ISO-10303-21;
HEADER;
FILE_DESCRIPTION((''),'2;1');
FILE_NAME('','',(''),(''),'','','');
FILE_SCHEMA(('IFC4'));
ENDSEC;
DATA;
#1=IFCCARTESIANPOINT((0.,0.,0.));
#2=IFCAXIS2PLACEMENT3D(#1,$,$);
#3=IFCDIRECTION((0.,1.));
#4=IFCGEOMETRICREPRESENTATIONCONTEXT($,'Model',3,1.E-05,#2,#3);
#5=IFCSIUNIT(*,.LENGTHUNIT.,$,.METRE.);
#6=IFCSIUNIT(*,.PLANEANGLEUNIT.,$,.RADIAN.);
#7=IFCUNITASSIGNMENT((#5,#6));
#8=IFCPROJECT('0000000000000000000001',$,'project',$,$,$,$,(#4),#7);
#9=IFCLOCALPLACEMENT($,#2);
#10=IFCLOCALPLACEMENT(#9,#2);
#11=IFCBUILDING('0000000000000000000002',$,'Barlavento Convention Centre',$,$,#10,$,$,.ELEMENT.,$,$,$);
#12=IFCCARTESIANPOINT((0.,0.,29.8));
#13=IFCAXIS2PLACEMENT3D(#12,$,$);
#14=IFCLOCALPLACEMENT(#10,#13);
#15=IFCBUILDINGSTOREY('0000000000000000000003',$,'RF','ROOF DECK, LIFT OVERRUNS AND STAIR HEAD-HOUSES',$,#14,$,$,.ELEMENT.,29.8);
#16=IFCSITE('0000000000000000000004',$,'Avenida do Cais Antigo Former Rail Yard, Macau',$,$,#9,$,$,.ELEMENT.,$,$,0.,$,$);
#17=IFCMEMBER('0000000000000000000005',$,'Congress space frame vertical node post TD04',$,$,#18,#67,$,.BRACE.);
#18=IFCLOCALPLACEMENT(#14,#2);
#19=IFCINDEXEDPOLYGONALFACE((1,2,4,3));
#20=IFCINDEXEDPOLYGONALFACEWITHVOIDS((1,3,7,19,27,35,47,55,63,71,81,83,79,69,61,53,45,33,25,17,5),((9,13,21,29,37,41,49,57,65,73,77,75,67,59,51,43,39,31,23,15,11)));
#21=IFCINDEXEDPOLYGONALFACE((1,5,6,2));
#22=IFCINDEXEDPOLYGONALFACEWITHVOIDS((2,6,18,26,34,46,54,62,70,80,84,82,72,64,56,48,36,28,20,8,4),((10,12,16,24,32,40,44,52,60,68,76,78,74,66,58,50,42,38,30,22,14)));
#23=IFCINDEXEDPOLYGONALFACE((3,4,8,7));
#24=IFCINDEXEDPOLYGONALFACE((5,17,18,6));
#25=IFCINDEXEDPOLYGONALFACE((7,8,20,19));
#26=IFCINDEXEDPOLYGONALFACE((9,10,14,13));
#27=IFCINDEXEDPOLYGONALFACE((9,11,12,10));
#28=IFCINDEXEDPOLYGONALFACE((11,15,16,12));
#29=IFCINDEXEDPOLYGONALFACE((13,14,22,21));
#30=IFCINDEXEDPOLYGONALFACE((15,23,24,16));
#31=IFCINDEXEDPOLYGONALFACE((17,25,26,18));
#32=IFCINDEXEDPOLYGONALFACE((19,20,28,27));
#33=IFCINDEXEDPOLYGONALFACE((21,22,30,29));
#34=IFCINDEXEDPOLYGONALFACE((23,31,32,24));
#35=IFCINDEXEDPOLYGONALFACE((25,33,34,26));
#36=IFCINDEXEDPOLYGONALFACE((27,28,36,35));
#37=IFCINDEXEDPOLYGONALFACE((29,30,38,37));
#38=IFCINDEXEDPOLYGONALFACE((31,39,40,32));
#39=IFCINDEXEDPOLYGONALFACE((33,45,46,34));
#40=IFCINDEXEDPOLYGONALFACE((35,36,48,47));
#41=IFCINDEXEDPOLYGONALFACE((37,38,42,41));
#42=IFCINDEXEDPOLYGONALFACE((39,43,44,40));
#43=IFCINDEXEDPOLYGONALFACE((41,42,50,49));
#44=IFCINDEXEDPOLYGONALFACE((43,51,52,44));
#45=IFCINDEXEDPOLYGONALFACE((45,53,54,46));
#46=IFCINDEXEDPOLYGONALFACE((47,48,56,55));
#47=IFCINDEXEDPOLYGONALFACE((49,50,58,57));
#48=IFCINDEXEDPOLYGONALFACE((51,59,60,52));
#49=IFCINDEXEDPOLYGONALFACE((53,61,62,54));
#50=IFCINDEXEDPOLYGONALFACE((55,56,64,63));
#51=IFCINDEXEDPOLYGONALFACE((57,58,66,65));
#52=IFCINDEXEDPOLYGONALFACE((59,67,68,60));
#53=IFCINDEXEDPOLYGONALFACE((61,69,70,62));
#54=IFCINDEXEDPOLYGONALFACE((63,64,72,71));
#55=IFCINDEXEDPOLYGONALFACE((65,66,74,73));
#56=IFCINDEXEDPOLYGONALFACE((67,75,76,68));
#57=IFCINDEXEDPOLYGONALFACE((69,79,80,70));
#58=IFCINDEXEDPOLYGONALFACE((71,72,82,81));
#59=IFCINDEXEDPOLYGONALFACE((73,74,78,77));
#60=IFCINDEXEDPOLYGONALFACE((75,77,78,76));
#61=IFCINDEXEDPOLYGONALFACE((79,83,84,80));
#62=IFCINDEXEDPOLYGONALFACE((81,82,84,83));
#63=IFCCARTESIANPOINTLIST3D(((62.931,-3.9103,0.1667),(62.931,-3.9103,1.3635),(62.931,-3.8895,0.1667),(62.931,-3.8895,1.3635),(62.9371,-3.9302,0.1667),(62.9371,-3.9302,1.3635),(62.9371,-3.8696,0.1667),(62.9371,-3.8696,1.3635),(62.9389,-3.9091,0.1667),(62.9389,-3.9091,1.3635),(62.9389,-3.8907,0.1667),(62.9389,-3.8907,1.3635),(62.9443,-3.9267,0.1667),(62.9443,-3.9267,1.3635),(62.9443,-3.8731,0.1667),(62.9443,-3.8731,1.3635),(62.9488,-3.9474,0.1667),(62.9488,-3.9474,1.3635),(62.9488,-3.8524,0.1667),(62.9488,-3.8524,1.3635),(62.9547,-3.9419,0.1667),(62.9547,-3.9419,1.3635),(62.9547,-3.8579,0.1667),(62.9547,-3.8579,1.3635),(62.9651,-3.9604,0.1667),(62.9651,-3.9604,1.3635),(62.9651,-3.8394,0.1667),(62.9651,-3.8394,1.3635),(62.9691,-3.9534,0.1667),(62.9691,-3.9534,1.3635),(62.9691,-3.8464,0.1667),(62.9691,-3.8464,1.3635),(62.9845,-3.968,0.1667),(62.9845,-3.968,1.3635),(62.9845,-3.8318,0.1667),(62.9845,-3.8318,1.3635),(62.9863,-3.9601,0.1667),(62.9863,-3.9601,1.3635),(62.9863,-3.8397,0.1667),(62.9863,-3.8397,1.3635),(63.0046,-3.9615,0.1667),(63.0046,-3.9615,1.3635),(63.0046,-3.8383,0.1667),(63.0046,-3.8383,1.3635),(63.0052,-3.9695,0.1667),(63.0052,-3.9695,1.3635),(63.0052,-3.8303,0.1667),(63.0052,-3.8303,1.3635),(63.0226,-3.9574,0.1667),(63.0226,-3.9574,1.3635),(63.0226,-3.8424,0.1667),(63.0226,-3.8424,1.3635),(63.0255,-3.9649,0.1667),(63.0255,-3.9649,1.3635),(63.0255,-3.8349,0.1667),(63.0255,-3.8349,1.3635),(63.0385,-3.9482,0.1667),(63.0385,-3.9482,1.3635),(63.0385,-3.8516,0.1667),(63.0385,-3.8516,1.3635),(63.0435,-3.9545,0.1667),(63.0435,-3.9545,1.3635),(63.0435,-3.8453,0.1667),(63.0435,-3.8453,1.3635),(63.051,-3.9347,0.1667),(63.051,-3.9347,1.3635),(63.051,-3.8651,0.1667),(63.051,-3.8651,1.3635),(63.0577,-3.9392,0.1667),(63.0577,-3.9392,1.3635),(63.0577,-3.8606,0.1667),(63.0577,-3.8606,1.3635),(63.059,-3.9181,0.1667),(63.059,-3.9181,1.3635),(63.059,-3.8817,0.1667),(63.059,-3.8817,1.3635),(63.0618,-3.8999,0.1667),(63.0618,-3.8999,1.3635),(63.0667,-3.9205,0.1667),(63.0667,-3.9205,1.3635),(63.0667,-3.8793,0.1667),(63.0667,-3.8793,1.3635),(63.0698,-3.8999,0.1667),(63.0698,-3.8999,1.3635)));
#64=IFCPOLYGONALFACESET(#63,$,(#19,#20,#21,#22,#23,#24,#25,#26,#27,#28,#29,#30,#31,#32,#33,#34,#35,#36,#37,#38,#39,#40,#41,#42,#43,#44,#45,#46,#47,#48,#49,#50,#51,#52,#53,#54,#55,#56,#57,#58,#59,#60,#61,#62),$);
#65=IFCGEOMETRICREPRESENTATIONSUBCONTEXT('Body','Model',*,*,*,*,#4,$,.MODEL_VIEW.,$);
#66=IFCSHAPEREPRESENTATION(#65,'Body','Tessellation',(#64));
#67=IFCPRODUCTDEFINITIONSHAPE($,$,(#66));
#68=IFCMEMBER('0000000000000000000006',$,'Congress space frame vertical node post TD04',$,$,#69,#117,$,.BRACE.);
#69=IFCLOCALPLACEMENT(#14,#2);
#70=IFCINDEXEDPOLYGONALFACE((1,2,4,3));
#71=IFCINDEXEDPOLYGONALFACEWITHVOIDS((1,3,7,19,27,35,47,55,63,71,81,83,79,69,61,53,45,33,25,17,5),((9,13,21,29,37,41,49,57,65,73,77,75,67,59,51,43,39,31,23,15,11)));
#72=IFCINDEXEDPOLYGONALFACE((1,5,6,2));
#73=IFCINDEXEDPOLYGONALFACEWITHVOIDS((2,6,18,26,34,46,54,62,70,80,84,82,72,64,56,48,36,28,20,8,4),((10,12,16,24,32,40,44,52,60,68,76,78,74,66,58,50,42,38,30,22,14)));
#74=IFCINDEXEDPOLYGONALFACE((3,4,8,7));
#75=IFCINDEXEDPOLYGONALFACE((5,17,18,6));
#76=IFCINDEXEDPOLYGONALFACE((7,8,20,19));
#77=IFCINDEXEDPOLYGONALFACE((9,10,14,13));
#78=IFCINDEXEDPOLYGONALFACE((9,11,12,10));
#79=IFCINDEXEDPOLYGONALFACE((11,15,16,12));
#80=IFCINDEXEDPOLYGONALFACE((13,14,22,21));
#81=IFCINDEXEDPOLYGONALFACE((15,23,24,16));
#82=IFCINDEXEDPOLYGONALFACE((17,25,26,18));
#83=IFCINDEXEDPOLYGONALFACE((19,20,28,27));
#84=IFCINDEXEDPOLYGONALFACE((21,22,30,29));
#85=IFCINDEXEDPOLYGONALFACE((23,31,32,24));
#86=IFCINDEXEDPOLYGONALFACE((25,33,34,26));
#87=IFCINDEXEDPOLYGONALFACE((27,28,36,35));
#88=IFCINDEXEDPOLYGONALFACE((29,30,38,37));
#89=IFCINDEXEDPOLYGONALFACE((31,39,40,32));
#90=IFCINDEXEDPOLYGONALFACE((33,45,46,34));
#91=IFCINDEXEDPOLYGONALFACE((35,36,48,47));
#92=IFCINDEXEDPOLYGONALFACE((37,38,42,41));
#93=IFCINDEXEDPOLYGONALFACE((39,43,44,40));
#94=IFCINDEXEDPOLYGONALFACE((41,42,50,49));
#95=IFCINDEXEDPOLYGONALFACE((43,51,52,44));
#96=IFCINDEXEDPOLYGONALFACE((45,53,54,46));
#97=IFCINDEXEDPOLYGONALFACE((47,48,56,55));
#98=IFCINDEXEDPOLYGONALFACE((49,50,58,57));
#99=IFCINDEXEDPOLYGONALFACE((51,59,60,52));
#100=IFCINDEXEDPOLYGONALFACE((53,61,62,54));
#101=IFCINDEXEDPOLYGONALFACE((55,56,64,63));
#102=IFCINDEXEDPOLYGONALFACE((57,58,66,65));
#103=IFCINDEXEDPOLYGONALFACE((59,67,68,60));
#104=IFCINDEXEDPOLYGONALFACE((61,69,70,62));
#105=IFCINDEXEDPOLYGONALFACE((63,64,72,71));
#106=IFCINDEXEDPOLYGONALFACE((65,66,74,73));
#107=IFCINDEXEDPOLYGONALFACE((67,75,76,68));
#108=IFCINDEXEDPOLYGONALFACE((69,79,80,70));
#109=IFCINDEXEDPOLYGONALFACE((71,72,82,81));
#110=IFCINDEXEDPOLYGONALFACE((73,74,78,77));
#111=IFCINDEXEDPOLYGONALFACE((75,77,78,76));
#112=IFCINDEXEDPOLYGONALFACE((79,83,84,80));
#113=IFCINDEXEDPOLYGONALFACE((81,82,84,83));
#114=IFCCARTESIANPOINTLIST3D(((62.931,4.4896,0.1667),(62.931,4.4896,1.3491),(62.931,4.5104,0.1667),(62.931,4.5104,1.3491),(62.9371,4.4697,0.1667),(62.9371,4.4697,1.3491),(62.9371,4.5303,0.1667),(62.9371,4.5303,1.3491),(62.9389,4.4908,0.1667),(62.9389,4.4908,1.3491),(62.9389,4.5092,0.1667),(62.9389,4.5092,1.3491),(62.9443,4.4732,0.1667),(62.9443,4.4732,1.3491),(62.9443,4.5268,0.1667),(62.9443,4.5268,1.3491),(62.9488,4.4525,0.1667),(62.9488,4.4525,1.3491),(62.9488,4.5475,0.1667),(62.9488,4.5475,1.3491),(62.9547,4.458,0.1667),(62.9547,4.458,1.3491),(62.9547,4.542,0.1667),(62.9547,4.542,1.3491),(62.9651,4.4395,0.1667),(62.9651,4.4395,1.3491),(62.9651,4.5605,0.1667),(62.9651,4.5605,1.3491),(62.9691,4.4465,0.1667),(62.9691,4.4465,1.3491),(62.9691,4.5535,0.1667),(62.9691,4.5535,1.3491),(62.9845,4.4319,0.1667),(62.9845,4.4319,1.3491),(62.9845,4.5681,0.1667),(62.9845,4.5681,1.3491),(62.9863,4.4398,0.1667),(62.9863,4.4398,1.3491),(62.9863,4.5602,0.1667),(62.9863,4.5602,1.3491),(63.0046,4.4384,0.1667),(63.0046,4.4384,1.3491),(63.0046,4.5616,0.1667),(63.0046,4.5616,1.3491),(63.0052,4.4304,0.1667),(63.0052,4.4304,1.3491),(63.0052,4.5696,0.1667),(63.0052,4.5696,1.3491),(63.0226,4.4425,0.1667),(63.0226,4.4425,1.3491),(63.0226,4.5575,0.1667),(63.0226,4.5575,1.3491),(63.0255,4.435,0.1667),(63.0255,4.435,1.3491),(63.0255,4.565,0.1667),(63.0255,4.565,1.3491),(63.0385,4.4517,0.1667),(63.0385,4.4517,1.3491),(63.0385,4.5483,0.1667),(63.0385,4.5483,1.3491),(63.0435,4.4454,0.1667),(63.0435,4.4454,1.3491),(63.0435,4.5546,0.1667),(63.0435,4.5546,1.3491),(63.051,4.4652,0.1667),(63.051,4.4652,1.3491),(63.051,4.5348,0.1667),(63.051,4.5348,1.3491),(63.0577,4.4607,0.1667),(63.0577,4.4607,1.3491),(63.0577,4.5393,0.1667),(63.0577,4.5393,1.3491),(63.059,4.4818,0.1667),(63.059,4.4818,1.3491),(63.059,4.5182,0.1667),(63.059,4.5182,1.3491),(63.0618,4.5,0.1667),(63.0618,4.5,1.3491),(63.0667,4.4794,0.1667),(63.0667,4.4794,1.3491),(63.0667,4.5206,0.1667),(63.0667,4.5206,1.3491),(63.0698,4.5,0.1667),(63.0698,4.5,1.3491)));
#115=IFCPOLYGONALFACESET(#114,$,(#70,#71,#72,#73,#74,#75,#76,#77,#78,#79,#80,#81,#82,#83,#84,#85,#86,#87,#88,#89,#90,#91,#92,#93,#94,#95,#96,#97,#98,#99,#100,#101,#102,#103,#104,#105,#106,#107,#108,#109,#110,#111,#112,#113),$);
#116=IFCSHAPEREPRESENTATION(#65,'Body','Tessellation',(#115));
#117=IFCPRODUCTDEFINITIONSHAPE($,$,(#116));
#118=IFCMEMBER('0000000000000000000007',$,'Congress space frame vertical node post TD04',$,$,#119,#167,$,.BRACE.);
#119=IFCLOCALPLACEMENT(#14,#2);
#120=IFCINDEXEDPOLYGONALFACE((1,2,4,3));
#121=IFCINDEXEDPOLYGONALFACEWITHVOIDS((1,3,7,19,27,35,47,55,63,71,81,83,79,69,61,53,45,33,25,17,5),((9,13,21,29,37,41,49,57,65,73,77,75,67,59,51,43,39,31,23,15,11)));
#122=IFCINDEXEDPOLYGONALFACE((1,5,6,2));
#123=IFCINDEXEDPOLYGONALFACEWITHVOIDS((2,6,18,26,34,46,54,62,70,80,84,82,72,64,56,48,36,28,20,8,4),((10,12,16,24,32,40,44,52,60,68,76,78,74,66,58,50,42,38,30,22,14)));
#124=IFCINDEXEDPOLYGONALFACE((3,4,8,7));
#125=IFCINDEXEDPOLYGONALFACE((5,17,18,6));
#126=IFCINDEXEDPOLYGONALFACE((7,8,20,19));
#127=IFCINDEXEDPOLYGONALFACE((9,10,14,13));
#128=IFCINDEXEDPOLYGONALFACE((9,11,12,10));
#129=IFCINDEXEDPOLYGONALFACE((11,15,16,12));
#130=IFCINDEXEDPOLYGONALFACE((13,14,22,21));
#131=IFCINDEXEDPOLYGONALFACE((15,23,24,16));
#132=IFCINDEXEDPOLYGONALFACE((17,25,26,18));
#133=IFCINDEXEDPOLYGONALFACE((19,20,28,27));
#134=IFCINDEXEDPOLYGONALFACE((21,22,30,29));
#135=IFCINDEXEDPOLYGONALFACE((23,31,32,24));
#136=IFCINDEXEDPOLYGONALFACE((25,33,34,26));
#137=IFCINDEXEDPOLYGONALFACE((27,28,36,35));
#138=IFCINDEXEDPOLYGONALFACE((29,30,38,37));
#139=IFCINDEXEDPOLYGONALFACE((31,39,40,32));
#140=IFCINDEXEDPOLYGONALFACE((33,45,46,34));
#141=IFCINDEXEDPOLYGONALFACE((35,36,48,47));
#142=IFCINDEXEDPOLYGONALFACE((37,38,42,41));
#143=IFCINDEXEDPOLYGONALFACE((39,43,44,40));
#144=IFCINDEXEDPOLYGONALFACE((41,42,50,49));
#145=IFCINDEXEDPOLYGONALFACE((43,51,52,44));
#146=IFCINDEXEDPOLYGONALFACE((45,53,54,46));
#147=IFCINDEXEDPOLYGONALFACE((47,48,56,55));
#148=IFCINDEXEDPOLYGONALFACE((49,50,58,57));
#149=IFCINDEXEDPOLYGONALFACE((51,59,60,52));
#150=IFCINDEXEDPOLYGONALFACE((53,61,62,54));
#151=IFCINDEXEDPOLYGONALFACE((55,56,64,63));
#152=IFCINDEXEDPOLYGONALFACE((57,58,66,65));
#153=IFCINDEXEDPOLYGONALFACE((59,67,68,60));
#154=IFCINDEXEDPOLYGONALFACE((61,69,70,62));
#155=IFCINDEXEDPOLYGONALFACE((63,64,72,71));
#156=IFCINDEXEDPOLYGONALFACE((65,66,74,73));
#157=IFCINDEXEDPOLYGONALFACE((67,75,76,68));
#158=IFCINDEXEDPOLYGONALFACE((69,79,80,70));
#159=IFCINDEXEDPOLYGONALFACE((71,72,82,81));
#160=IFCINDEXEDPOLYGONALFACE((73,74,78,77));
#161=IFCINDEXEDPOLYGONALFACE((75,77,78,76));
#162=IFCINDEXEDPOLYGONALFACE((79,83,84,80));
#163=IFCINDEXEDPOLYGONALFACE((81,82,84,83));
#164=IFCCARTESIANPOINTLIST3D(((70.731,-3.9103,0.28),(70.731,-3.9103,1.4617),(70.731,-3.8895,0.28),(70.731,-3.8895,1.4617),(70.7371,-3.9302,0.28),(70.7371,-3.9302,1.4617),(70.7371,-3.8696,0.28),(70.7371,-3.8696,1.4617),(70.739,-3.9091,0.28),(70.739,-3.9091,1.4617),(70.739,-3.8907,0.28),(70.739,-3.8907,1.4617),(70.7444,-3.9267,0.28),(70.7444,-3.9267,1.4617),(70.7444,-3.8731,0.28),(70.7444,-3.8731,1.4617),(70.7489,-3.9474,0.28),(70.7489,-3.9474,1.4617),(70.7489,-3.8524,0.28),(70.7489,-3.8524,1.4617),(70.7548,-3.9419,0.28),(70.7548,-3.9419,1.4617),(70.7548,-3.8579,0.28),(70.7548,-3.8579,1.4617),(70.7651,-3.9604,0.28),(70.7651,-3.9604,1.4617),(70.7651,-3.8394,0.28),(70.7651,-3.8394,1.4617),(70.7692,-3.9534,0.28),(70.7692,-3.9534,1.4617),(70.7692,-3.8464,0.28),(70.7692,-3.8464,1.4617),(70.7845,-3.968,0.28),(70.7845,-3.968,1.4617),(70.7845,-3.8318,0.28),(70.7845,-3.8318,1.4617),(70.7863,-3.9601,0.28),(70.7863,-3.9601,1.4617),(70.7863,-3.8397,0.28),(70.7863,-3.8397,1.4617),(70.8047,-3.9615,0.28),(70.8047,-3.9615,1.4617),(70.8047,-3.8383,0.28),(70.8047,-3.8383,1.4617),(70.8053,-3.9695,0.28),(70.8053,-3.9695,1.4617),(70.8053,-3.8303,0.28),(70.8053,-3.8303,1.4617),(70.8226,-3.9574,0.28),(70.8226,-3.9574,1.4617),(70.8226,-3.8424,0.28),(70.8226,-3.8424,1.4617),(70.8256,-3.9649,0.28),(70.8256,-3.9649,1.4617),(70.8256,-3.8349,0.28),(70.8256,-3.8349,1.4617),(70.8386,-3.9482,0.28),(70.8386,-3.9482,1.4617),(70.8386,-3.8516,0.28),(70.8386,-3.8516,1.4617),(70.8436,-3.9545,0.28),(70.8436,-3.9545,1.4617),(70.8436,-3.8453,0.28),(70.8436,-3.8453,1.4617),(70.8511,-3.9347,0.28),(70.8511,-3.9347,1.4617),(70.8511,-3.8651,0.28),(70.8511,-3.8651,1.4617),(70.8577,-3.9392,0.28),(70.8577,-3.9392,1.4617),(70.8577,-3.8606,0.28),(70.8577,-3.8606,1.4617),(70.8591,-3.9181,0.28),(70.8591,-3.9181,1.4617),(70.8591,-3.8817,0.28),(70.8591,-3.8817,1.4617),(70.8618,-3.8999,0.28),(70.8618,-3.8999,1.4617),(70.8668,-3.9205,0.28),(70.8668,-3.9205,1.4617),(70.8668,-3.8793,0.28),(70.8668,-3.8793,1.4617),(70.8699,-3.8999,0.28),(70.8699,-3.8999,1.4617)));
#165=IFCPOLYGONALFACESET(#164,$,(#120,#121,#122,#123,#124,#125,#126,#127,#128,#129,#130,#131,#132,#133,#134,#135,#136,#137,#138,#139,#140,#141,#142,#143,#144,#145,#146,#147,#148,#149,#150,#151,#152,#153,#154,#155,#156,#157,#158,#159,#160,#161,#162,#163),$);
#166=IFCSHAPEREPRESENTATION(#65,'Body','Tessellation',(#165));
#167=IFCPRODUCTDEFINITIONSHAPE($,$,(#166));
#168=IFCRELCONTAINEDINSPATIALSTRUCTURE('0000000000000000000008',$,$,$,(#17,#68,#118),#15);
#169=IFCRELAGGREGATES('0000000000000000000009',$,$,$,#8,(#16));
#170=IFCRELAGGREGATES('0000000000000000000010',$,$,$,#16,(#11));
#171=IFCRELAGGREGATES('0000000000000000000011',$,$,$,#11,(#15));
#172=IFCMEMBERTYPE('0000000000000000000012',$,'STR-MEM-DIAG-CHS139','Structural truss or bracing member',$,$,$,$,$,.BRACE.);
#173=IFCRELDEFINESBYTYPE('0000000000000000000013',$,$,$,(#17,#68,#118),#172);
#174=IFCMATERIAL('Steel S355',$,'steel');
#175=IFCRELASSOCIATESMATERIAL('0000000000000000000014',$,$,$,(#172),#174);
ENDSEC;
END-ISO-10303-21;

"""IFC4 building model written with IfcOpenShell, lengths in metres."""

from ifc_helpers import new_model, si_unit, direction, frame, origin, origin_2d, place, context, subcontext, project, spatial, hollow_circle, extrude, material, material_profile, profile_set, type_object, element, save


model = new_model("IFC4")

# Units and contexts
model_context = context("Model", 3, precision=1e-05, world=origin(), true_north=direction((0.0, 1.0)))
body_context = subcontext(model_context, "Body", "Model", "MODEL_VIEW")
ifc_project = project(units=[si_unit("LENGTHUNIT", "METRE"), si_unit("PLANEANGLEUNIT", "RADIAN")], contexts=[model_context])

# Site, building, storey
site_placement = place(None, origin())
site = spatial("IfcSite", under=ifc_project, at=site_placement, Name="Avenida do Cais Antigo Former Rail Yard, Macau", CompositionType="ELEMENT", RefElevation=0.0)
building_placement = place(site_placement, origin())
building = spatial("IfcBuilding", under=site, at=building_placement, Name="Barlavento Convention Centre", CompositionType="ELEMENT")
storey_placement = place(building_placement, frame((0.0, 0.0, 29.8)))
storey = spatial("IfcBuildingStorey", under=building, at=storey_placement, Name="RF", Description="ROOF DECK, LIFT OVERRUNS AND STAIR HEAD-HOUSES", CompositionType="ELEMENT", Elevation=29.8)

# Shared definitions
ifc_material_1 = material(Name="Steel S355", Category="steel")

# Members
ifc_material_profile_1 = material_profile(ifc_material_1, hollow_circle(Radius=0.0698, WallThickness=0.0081, at=origin_2d()), Name="CHS 139.7x8.0")
ifc_profile_set_1 = profile_set([ifc_material_profile_1], Name="Steel S355")
member_type_1 = type_object("IfcMemberType", Name="STR-MEM-DIAG-CHS139", Description="Structural truss or bracing member", PredefinedType="BRACE", material=ifc_profile_set_1)
member_1_placement = place(storey_placement, frame((63.0, -3.8999, 0.1667), z_axis=(0.0, 0.0, 1.0), x_axis=(1.0, 0.0, 0.0)))
element("IfcMember", 1, at=member_1_placement, inside=storey, type_object=member_type_1, Name="Congress space frame vertical node post TD04", PredefinedType="BRACE", context=body_context, shape_type="SweptSolid", body=[
    extrude(hollow_circle(Radius=0.0698, WallThickness=0.0081, at=origin_2d()), origin(), (0.0, 0.0, 1.0), 1.1968),
])
member_2_placement = place(storey_placement, frame((63.0, 4.5, 0.1667), z_axis=(0.0, 0.0, 1.0), x_axis=(1.0, 0.0, 0.0)))
element("IfcMember", 2, at=member_2_placement, inside=storey, type_object=member_type_1, Name="Congress space frame vertical node post TD04", PredefinedType="BRACE", context=body_context, shape_type="SweptSolid", body=[
    extrude(hollow_circle(Radius=0.0698, WallThickness=0.0081, at=origin_2d()), origin(), (0.0, 0.0, 1.0), 1.1824),
])
for number, where, z_axis, x_axis, name in (
    (3, (70.8, -3.8999, 0.28), (0.0, 0.0, 1.0), (1.0, 0.0, 0.0), "Congress space frame vertical node post TD04"),
):
    element("IfcMember", number, at=place(storey_placement, frame(where, z_axis=z_axis, x_axis=x_axis)), inside=storey, type_object=member_type_1, Name=name, PredefinedType="BRACE", context=body_context, shape_type="SweptSolid", body=[
        extrude(hollow_circle(Radius=0.0698, WallThickness=0.0081, at=origin_2d()), origin(), (0.0, 0.0, 1.0), 1.1816),
    ])

save(model, "model.ifc")
